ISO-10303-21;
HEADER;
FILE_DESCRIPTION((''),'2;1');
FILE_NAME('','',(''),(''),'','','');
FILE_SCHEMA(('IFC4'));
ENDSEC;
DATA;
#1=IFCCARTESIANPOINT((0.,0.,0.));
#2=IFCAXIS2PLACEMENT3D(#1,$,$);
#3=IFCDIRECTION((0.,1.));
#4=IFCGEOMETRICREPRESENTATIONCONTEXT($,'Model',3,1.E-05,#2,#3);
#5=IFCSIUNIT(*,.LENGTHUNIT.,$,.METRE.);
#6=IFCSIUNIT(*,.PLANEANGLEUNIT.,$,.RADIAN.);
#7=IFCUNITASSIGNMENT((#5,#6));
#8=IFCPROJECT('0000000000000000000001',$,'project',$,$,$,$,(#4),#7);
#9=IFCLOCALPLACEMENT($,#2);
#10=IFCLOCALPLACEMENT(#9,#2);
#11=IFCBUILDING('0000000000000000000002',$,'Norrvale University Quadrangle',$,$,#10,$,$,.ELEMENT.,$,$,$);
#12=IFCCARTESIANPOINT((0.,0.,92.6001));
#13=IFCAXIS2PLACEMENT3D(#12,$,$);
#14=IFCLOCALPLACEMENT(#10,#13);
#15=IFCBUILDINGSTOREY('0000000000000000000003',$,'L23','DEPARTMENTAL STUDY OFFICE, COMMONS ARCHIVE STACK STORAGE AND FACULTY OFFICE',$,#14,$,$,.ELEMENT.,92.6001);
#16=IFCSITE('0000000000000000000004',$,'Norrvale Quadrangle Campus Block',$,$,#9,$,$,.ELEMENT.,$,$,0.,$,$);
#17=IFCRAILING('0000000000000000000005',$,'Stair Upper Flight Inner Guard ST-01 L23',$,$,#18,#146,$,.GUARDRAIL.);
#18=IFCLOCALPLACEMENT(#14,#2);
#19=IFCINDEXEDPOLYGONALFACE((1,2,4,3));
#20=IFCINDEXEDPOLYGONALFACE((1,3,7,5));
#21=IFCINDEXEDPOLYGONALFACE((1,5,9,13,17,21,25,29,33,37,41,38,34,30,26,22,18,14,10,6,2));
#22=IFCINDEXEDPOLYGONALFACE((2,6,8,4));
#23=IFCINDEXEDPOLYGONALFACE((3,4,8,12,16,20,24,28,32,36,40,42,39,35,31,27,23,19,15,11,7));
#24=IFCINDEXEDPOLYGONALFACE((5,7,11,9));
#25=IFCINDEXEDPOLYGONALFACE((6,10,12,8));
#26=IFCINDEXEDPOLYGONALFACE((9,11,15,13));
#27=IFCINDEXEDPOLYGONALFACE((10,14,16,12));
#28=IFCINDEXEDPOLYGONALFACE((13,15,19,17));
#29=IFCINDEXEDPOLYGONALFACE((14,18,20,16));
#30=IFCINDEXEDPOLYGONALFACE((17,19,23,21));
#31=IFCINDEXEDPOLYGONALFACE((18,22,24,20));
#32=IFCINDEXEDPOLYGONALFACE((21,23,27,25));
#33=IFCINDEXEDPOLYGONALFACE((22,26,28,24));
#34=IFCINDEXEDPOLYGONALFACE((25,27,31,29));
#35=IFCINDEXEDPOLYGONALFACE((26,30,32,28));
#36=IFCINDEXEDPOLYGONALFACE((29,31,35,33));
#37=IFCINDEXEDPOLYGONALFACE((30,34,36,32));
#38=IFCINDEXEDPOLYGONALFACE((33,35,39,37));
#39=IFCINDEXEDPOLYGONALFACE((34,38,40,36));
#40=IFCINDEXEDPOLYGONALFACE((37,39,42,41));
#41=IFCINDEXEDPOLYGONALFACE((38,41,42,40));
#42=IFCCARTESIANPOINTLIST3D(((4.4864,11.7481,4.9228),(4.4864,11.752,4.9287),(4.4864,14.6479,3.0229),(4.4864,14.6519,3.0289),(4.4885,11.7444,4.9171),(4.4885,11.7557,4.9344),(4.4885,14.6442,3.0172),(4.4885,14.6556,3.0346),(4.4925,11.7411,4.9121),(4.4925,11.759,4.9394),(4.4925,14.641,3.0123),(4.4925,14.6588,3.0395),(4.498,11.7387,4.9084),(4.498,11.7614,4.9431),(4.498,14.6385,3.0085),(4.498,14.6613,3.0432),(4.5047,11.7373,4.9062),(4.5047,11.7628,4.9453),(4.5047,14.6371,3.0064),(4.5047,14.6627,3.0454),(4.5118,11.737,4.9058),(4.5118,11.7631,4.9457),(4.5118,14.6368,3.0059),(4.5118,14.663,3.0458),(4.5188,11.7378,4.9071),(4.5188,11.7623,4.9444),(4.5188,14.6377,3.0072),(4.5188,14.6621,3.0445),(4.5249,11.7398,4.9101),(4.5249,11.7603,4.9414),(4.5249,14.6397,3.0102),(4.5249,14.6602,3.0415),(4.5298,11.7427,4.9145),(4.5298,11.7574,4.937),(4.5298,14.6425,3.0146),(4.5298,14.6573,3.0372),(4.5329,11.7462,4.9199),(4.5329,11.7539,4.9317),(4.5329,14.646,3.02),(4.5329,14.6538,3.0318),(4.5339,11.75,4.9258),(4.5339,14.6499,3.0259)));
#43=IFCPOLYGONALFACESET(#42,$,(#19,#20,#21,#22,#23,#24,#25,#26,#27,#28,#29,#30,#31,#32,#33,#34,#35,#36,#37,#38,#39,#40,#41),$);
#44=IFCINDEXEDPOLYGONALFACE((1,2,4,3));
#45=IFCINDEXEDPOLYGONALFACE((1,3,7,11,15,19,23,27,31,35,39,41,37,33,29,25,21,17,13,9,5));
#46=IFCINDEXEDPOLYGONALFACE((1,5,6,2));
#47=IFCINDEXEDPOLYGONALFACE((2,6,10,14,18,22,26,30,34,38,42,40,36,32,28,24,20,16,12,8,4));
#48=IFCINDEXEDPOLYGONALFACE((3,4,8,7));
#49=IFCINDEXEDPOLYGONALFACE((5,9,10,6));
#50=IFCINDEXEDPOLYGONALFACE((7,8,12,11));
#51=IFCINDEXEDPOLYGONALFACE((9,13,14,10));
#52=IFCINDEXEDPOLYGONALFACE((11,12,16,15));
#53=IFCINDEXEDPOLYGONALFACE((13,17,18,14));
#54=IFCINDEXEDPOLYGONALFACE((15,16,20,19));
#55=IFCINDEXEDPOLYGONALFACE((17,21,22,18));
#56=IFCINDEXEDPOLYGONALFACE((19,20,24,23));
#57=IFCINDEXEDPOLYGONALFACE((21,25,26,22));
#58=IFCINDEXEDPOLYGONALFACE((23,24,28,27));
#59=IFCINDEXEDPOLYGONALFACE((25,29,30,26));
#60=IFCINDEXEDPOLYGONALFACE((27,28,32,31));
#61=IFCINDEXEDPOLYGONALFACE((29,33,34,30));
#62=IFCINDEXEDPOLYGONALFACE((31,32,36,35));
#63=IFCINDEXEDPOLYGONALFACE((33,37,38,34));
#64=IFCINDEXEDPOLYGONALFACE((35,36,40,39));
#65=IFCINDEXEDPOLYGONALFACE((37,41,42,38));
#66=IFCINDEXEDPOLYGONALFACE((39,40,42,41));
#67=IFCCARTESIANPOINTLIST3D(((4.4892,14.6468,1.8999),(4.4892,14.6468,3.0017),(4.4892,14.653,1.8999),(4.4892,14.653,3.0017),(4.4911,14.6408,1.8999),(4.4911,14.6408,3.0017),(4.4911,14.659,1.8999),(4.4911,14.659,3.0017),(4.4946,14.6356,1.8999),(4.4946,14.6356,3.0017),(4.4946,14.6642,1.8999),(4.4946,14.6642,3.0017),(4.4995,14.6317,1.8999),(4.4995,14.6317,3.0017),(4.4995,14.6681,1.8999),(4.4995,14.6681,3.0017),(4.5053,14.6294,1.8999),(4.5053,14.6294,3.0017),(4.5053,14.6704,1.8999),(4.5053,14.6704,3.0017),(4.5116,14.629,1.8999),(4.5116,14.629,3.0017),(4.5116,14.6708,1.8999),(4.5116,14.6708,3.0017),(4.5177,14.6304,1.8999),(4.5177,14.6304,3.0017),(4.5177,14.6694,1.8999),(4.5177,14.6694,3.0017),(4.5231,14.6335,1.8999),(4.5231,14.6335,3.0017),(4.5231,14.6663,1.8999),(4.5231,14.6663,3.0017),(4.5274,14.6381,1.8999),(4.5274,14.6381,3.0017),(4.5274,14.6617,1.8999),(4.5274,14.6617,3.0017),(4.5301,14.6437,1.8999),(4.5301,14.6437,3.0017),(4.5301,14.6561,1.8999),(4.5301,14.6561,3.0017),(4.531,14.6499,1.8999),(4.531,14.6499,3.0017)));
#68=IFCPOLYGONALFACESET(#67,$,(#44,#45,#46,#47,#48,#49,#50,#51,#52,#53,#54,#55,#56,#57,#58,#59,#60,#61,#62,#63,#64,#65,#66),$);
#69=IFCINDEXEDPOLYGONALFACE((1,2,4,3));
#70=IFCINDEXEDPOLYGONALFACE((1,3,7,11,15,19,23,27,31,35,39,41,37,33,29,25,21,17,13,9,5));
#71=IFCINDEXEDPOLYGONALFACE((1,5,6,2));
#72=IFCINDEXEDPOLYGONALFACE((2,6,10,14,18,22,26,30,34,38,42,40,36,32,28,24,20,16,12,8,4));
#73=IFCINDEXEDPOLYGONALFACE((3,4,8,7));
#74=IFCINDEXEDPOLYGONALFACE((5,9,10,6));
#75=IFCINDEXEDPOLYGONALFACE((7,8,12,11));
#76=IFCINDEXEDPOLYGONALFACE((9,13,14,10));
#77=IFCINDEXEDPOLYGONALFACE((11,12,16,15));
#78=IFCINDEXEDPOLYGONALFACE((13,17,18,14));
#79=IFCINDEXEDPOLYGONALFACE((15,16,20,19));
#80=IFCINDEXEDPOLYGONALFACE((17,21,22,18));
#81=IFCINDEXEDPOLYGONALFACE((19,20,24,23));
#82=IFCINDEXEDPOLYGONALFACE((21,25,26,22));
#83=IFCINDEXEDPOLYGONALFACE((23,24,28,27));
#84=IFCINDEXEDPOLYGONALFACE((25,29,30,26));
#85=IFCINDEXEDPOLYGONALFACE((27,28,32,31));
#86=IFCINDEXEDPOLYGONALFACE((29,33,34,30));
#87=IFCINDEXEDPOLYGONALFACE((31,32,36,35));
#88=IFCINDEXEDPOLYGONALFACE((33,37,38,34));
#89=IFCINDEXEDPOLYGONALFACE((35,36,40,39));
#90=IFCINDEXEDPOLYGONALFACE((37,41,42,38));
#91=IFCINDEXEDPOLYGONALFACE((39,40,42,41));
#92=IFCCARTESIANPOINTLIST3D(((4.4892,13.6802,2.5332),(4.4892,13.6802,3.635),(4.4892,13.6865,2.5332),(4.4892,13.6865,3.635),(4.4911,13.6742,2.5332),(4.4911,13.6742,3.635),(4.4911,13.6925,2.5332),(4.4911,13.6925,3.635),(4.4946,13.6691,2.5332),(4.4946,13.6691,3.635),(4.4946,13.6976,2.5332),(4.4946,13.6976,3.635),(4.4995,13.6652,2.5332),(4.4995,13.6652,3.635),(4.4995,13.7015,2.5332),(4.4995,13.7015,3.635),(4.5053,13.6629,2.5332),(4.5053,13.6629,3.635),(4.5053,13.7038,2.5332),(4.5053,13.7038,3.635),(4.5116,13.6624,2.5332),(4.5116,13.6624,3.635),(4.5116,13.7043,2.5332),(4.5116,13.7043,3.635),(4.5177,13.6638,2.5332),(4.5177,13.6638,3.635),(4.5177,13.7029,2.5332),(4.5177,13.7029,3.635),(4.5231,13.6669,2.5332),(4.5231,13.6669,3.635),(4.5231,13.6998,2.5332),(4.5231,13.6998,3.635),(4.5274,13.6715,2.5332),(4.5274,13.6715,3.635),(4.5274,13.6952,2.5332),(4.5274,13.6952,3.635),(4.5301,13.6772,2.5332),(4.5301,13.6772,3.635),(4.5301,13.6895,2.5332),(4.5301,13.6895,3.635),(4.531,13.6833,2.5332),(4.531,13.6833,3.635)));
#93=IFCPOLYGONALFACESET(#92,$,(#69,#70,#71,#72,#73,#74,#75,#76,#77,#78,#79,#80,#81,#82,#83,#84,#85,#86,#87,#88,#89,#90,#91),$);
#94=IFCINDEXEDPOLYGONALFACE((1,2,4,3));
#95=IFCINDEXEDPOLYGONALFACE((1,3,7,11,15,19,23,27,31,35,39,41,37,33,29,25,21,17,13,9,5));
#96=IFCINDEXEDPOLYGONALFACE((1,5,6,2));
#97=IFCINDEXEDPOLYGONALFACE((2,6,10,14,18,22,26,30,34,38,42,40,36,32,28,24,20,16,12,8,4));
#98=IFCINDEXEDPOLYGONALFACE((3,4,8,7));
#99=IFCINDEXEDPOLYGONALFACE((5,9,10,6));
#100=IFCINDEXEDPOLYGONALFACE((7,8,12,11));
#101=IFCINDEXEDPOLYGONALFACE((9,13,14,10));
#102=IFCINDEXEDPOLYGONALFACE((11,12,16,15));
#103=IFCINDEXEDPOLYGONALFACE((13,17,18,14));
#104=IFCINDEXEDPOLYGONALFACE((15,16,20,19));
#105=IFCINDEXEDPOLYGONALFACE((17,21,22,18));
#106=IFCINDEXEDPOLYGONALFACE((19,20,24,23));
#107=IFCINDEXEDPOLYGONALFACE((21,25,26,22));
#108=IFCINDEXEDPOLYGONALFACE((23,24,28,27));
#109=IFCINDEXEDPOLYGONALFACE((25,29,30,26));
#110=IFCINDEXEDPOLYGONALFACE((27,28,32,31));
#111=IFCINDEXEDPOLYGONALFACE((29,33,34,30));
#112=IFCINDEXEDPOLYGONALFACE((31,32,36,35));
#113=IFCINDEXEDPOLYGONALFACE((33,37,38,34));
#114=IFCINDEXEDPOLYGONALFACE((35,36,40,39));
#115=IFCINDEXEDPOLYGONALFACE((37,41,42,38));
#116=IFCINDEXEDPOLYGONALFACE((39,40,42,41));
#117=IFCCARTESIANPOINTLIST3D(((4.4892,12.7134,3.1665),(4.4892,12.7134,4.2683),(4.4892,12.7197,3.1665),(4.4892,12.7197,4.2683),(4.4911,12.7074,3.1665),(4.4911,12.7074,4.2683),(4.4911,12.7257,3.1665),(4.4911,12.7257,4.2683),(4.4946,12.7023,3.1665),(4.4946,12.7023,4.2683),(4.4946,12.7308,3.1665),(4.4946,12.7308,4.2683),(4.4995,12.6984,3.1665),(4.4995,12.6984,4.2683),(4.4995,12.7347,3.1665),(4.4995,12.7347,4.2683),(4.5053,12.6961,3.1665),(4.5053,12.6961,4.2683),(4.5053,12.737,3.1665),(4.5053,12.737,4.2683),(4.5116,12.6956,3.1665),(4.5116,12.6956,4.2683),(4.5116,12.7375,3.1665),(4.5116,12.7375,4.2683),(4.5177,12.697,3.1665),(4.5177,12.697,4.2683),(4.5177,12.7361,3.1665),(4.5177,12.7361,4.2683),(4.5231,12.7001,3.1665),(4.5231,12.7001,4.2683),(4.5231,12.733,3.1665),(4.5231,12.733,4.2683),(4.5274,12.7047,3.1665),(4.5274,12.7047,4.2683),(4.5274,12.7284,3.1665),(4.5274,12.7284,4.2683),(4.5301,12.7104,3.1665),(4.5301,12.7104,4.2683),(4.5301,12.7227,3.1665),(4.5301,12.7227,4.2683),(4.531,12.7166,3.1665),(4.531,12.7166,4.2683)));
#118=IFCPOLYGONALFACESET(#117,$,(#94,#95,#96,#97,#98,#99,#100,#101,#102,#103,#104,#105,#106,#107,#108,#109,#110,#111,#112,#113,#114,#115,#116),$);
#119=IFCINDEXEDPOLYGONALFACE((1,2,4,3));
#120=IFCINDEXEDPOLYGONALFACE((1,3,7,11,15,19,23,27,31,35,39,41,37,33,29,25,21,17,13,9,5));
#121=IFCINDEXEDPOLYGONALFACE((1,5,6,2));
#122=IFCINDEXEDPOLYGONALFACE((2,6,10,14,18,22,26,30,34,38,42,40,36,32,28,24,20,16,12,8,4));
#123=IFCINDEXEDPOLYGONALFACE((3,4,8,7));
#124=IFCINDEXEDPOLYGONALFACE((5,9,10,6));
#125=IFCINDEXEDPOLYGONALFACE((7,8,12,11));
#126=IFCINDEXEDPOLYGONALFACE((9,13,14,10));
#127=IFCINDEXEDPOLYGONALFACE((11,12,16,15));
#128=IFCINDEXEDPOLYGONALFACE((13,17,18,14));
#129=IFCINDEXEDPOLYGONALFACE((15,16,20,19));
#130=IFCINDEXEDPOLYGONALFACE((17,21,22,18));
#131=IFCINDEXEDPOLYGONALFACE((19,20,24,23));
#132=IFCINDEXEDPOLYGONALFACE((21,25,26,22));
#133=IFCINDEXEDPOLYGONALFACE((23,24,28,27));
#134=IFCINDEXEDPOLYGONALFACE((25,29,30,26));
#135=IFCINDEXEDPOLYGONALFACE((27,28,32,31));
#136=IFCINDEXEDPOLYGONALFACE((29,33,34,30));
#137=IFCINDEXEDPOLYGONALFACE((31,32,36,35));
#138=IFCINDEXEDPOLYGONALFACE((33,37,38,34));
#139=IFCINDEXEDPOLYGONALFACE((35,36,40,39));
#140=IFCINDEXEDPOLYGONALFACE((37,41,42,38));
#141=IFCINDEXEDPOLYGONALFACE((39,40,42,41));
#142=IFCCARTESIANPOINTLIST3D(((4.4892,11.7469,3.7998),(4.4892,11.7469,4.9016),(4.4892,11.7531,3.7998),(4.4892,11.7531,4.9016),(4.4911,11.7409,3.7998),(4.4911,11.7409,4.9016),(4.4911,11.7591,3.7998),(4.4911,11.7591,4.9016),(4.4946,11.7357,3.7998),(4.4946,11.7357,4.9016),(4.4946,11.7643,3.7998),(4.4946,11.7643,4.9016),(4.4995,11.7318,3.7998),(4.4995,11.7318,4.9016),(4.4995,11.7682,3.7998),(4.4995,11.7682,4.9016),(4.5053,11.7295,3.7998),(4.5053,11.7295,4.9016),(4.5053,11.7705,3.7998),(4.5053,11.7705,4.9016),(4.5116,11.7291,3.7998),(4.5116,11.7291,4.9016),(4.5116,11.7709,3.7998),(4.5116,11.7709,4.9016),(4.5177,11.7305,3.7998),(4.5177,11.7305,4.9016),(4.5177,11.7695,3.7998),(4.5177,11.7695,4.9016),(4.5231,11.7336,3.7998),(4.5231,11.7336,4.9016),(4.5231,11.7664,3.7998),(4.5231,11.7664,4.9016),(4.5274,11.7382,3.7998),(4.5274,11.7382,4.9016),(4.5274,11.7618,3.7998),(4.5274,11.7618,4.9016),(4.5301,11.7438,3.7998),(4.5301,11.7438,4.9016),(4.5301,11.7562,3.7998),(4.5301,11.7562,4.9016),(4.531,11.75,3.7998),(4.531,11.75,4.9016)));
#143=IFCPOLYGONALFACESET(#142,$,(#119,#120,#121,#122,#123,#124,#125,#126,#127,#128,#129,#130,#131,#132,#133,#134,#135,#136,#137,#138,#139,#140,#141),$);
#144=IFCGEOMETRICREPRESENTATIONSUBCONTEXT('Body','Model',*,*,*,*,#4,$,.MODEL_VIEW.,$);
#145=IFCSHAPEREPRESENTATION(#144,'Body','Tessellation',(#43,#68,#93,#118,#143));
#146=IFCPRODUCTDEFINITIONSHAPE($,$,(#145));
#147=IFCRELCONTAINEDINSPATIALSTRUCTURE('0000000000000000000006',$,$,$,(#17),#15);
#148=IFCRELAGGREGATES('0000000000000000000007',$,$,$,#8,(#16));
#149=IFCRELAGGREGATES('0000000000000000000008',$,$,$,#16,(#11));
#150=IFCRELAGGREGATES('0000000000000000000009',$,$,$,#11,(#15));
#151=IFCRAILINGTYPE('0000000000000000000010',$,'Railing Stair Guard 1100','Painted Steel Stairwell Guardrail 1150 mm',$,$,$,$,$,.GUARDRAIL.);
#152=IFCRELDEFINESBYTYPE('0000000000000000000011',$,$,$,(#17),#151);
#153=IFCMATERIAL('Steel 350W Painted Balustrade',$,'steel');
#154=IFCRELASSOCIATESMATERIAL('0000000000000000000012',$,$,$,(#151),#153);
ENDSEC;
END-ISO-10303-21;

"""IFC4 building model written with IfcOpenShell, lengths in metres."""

from ifc_helpers import new_model, si_unit, direction, frame, origin, origin_2d, place, context, subcontext, project, spatial, circle, extrude, material, type_object, element, save


model = new_model("IFC4")

# Units and contexts
model_context = context("Model", 3, precision=1e-05, world=origin(), true_north=direction((0.0, 1.0)))
body_context = subcontext(model_context, "Body", "Model", "MODEL_VIEW")
ifc_project = project(units=[si_unit("LENGTHUNIT", "METRE"), si_unit("PLANEANGLEUNIT", "RADIAN")], contexts=[model_context])

# Site, building, storey
site_placement = place(None, origin())
site = spatial("IfcSite", under=ifc_project, at=site_placement, Name="Norrvale Quadrangle Campus Block", CompositionType="ELEMENT", RefElevation=0.0)
building_placement = place(site_placement, origin())
building = spatial("IfcBuilding", under=site, at=building_placement, Name="Norrvale University Quadrangle", CompositionType="ELEMENT")
storey_placement = place(building_placement, frame((0.0, 0.0, 92.6001)))
storey = spatial("IfcBuildingStorey", under=building, at=storey_placement, Name="L23", Description="DEPARTMENTAL STUDY OFFICE, COMMONS ARCHIVE STACK STORAGE AND FACULTY OFFICE", CompositionType="ELEMENT", Elevation=92.6001)

# Railing
ifc_material_1 = material(Name="Steel 350W Painted Balustrade", Category="steel")
railing_type_1 = type_object("IfcRailingType", Name="Railing Stair Guard 1100", Description="Painted Steel Stairwell Guardrail 1150 mm", PredefinedType="GUARDRAIL", material=ifc_material_1)
railing_1_placement = place(storey_placement, frame((4.51, 14.6499, 1.8999)))
element("IfcRailing", 1, at=railing_1_placement, inside=storey, type_object=railing_type_1, Name="Stair Upper Flight Inner Guard ST-01 L23", PredefinedType="GUARDRAIL", context=body_context, shape_type="SweptSolid", body=[
    extrude(circle(Radius=0.0239, at=origin_2d()), frame((0.0, 0.0, 1.126), z_axis=(0.0, -0.836466, 0.548019), x_axis=(1.0, 0.0, 0.0)), (0.0, 0.0, 1.0), 3.4668),
    extrude(circle(Radius=0.021, at=origin_2d()), origin(), (0.0, 0.0, 1.0), 1.1018),
    extrude(circle(Radius=0.021, at=origin_2d()), frame((0.0, -0.9666, 0.6333)), (0.0, 0.0, 1.0), 1.1018),
    extrude(circle(Radius=0.021, at=origin_2d()), frame((0.0, -1.9333, 1.2666)), (0.0, 0.0, 1.0), 1.1018),
    extrude(circle(Radius=0.021, at=origin_2d()), frame((0.0, -2.8999, 1.8999)), (0.0, 0.0, 1.0), 1.1018),
])

save(model, "model.ifc")
